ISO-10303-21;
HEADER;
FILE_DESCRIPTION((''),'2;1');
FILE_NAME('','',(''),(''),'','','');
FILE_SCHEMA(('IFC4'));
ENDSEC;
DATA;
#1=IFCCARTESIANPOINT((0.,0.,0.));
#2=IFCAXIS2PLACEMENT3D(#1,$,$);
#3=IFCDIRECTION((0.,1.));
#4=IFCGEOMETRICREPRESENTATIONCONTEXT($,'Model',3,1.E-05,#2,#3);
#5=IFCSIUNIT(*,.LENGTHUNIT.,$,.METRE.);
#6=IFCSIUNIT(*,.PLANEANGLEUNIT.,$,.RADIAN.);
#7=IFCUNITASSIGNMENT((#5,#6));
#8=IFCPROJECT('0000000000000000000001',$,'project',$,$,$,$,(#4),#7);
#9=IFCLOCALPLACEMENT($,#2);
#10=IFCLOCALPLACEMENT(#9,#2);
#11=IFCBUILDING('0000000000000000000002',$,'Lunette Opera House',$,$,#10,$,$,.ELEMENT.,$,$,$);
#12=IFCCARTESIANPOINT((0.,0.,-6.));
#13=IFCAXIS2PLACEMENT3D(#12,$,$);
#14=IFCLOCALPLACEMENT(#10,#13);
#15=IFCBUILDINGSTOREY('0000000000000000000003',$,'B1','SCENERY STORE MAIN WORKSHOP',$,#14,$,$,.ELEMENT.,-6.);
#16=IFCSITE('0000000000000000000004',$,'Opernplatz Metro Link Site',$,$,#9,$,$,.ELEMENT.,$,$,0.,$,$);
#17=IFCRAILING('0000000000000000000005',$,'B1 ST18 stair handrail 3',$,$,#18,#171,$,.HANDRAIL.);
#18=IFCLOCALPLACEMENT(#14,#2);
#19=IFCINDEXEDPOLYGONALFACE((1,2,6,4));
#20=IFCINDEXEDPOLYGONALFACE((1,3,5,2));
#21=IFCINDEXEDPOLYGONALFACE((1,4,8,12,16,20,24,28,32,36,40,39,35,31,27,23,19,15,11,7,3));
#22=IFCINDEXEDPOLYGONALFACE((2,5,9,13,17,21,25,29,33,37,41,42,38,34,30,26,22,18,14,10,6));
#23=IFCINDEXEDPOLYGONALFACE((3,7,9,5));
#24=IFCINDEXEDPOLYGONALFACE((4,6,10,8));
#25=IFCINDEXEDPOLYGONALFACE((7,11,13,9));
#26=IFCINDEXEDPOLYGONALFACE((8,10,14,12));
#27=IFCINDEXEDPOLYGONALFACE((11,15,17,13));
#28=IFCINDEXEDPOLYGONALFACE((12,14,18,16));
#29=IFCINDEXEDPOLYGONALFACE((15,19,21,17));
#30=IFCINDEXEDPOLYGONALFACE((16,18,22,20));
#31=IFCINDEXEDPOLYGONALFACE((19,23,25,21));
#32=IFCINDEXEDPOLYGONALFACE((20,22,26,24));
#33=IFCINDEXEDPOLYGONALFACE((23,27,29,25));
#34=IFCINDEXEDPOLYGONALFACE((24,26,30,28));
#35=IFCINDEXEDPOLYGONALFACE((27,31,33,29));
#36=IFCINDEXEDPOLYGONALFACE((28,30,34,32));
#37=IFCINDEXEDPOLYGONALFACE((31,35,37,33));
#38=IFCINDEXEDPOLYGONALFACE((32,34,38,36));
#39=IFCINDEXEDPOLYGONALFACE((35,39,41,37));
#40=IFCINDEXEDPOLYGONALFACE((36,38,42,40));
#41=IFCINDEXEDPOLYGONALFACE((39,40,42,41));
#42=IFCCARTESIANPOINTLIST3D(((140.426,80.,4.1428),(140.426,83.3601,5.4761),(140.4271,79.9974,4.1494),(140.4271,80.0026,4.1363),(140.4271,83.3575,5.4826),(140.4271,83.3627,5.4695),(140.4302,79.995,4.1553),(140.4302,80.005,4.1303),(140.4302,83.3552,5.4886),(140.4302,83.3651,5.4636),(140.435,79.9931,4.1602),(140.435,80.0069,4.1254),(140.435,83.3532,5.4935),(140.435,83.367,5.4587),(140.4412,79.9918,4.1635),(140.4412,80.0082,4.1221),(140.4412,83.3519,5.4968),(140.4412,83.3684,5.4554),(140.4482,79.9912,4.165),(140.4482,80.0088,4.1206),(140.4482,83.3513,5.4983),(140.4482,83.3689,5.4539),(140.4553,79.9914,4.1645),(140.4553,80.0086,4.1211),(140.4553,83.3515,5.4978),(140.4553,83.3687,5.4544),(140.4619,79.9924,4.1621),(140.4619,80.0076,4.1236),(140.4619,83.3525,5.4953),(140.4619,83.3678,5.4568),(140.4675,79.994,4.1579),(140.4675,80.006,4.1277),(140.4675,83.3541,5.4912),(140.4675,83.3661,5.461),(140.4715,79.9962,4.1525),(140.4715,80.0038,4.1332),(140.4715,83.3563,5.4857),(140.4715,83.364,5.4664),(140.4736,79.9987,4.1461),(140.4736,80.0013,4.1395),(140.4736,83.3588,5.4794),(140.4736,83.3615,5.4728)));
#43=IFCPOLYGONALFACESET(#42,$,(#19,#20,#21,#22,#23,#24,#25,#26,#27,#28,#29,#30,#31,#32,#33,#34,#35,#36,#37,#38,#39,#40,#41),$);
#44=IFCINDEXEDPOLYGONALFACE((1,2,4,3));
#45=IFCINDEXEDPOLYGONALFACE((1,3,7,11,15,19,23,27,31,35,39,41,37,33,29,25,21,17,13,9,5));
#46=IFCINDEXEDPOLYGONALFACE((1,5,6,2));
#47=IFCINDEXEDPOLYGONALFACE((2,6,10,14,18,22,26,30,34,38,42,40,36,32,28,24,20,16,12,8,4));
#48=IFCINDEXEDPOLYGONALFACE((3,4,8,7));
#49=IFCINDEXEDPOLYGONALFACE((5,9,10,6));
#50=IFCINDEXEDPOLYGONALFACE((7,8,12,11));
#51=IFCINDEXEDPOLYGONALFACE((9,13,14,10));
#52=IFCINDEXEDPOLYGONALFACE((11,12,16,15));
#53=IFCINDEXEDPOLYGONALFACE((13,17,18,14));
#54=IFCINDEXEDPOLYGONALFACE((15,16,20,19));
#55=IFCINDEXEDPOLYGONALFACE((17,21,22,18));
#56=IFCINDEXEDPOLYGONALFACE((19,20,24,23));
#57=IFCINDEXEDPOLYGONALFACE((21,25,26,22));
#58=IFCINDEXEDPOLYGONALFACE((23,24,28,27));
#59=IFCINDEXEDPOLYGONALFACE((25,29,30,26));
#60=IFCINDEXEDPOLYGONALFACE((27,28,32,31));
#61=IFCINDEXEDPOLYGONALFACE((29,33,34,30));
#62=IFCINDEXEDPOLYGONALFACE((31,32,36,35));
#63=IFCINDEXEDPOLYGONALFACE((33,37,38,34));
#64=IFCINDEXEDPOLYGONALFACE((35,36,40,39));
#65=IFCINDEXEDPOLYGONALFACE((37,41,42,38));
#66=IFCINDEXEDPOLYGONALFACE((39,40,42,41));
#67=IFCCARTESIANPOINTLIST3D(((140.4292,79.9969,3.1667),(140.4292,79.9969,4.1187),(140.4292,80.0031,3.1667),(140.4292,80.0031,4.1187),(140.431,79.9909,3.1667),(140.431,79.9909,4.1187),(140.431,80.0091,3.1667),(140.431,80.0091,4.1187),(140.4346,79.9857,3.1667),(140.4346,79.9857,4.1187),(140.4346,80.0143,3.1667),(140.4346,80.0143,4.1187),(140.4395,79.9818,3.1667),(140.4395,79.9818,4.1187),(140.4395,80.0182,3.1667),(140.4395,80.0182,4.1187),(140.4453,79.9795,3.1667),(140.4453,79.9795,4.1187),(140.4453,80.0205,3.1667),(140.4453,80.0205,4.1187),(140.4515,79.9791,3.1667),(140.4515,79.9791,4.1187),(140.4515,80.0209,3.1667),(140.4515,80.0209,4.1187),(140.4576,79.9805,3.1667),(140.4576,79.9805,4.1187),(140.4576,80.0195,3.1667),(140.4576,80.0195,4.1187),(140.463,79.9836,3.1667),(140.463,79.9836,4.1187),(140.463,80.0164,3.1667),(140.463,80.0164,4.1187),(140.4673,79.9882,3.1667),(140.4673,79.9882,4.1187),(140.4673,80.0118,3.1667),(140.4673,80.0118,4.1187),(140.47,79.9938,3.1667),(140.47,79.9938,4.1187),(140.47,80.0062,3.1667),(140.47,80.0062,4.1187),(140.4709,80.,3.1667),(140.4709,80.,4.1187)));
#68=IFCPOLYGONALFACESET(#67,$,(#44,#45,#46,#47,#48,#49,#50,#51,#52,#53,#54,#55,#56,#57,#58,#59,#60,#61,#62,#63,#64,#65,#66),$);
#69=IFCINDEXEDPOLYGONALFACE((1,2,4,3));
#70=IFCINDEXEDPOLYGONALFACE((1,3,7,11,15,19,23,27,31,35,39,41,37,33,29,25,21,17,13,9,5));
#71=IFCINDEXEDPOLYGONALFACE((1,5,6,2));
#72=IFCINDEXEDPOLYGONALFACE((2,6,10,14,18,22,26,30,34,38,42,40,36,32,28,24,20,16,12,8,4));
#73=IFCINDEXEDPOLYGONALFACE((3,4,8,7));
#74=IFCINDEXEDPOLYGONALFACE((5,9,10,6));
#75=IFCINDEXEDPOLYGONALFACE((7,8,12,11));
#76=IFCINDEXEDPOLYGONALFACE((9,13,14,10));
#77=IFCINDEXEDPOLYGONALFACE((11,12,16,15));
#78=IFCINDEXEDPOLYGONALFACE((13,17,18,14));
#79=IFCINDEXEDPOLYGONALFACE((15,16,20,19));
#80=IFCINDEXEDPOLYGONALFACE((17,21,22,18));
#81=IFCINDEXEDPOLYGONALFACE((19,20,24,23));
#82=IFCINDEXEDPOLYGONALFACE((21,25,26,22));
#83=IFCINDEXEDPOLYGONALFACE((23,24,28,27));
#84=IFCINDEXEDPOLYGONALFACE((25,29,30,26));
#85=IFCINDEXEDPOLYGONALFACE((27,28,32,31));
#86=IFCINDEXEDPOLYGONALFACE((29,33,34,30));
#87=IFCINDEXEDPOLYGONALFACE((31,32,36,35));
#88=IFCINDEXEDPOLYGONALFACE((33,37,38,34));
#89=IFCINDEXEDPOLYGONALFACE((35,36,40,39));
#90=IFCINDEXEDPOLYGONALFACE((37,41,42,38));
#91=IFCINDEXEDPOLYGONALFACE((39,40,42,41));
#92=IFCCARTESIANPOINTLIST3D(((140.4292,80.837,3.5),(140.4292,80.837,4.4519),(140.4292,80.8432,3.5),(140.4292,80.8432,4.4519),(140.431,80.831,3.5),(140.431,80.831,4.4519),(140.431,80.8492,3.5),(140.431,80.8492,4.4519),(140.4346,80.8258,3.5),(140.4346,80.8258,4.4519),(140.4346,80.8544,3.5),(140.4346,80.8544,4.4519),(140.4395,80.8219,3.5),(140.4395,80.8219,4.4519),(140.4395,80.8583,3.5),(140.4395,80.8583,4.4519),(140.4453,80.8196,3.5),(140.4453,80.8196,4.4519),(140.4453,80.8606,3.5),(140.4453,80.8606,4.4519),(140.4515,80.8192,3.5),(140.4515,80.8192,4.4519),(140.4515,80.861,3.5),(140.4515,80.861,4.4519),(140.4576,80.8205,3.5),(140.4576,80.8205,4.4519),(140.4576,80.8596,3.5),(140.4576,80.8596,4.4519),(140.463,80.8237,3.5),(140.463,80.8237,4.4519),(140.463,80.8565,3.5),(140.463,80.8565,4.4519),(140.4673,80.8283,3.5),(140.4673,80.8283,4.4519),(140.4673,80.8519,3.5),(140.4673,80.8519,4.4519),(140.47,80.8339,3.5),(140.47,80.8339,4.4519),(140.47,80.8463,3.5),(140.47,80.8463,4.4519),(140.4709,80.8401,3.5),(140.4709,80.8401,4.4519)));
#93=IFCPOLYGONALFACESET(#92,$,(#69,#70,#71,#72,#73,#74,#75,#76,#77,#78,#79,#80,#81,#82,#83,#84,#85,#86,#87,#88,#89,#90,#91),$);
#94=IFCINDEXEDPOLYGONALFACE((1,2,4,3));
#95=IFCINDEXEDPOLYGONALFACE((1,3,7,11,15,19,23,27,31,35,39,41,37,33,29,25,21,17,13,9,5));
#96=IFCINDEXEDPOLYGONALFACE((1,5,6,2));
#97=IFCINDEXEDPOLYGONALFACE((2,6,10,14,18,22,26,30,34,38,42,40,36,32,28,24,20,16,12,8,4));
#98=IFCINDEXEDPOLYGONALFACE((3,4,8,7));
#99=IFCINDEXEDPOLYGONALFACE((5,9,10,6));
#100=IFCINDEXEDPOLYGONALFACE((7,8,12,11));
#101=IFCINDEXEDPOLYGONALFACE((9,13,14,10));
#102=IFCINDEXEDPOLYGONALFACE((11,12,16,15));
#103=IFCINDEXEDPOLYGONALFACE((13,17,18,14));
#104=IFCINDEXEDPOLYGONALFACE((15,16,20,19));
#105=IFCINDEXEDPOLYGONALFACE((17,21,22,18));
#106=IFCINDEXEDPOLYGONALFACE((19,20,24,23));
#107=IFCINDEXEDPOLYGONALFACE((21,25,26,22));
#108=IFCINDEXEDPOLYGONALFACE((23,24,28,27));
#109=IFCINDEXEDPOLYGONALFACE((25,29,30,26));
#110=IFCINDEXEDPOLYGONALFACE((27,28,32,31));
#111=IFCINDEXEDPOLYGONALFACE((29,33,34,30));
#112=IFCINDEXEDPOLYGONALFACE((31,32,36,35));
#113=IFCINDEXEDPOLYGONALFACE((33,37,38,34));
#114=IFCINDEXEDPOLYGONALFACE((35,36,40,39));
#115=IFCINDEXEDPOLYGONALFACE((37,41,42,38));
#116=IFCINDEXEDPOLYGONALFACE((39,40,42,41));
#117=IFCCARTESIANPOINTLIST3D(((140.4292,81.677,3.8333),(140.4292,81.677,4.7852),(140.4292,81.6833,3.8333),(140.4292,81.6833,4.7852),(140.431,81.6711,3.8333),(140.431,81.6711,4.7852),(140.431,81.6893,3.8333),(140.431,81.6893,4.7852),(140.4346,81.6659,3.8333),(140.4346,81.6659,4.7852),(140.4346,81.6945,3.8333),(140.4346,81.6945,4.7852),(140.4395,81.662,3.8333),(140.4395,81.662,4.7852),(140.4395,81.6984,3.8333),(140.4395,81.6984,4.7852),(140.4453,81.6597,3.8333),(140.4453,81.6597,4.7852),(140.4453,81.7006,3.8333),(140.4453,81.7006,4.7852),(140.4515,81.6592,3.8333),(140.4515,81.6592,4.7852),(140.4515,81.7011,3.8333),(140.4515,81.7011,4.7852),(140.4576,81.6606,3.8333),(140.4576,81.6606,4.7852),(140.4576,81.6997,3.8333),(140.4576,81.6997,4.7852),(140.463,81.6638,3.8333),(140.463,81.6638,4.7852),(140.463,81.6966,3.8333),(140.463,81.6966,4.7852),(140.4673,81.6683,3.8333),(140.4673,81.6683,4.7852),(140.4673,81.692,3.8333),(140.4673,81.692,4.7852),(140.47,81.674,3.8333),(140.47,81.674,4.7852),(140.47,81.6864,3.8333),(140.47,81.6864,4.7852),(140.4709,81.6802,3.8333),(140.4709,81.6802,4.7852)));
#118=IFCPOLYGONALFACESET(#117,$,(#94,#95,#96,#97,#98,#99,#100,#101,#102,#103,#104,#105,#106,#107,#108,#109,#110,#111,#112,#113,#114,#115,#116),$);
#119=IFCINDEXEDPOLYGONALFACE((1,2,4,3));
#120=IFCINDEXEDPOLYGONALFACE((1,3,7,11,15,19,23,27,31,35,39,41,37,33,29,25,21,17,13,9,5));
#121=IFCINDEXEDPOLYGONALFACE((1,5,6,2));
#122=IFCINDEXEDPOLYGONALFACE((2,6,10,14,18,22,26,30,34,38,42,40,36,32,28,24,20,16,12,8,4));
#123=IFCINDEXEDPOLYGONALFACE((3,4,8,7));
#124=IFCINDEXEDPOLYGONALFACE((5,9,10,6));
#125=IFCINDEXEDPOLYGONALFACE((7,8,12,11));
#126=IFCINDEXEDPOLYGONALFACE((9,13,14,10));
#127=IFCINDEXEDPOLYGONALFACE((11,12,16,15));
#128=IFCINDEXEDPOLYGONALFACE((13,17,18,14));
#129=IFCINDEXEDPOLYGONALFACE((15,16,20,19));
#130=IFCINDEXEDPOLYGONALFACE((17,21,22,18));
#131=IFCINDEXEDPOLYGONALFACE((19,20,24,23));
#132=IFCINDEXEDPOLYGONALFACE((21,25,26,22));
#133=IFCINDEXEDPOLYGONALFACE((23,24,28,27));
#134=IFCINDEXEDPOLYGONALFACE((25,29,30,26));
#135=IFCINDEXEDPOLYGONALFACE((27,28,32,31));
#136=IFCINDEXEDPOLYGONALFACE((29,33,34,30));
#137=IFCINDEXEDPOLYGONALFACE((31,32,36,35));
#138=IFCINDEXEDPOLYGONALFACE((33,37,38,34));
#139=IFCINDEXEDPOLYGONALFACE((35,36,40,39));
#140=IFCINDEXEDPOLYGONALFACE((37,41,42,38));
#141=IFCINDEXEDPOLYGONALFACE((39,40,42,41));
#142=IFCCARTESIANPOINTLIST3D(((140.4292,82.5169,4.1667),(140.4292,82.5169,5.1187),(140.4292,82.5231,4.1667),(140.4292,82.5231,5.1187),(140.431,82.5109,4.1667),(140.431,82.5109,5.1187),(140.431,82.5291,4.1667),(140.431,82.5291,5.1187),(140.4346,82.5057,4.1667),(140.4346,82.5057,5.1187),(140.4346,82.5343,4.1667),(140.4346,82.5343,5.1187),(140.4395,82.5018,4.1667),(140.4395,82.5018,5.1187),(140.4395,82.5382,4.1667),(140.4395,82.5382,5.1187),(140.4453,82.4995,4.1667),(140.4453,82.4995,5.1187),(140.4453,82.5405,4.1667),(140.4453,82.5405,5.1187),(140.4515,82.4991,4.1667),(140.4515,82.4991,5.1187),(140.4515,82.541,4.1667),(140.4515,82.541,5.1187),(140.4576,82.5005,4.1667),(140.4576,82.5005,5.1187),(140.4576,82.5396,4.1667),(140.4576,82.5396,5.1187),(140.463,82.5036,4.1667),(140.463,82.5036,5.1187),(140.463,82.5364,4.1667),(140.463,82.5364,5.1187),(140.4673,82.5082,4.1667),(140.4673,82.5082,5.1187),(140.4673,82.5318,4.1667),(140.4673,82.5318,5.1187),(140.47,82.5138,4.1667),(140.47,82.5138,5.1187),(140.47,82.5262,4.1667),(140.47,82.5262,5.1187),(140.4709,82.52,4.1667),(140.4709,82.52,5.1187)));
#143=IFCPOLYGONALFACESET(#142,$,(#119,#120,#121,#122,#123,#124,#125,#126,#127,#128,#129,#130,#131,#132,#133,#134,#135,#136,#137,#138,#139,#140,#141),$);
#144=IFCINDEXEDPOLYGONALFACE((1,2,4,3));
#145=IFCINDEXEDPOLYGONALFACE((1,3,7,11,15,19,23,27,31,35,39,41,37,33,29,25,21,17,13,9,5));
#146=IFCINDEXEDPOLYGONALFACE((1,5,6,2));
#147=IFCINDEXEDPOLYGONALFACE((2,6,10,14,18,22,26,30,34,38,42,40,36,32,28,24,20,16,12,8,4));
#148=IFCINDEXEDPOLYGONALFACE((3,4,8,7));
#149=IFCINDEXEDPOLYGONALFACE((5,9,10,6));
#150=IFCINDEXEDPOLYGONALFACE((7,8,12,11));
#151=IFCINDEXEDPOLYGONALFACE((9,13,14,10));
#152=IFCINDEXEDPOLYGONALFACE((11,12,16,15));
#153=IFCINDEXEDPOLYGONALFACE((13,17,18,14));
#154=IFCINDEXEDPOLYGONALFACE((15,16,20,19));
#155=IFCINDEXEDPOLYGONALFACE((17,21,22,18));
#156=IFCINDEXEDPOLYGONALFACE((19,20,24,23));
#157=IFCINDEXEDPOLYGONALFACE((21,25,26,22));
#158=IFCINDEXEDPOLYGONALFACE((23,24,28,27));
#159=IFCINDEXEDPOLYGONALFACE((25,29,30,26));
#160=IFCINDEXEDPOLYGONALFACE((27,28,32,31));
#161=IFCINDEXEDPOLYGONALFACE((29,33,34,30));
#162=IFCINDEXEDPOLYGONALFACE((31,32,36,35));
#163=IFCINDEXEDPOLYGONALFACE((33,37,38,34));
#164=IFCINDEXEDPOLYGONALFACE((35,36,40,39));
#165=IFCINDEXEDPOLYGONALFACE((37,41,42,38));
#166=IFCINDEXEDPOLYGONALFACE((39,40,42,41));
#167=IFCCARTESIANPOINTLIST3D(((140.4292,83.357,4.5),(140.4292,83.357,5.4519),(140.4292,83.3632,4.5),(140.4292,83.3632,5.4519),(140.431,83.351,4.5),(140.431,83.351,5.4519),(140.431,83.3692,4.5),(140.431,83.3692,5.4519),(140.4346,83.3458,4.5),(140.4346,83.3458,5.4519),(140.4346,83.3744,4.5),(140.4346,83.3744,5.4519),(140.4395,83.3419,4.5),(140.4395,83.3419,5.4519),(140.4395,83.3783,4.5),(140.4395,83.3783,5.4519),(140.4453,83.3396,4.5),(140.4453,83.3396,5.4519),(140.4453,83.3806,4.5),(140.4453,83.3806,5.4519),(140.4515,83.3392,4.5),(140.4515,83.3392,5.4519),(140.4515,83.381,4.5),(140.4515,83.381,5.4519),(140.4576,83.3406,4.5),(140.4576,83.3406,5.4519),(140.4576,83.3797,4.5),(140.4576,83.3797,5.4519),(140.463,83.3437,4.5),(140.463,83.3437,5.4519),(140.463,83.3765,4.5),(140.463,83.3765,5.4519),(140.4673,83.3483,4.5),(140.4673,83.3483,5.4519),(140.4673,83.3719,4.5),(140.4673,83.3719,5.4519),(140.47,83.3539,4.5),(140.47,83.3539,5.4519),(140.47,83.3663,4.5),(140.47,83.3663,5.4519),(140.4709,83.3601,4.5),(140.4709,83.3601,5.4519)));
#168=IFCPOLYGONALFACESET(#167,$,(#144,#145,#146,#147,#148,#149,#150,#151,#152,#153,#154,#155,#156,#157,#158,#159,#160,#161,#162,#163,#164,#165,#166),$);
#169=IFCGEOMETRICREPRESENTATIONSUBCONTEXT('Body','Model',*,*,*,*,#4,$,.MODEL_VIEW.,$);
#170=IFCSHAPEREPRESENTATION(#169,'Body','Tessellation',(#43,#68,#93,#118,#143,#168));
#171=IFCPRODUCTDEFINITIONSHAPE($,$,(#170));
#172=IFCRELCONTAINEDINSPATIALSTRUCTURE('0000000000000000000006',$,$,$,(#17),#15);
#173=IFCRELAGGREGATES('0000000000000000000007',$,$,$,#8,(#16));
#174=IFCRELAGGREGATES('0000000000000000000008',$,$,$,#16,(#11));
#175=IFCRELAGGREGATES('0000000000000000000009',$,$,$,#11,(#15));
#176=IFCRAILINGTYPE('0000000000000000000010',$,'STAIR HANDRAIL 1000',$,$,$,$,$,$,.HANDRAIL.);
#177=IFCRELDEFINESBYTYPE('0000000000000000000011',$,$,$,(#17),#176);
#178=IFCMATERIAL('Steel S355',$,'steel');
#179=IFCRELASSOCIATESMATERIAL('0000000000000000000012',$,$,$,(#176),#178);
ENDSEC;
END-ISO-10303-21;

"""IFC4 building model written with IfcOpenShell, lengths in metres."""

from ifc_helpers import new_model, si_unit, direction, frame, origin, origin_2d, place, context, subcontext, project, spatial, circle, extrude, material, type_object, element, save


model = new_model("IFC4")

# Units and contexts
model_context = context("Model", 3, precision=1e-05, world=origin(), true_north=direction((0.0, 1.0)))
body_context = subcontext(model_context, "Body", "Model", "MODEL_VIEW")
ifc_project = project(units=[si_unit("LENGTHUNIT", "METRE"), si_unit("PLANEANGLEUNIT", "RADIAN")], contexts=[model_context])

# Site, building, storey
site_placement = place(None, origin())
site = spatial("IfcSite", under=ifc_project, at=site_placement, Name="Opernplatz Metro Link Site", CompositionType="ELEMENT", RefElevation=0.0)
building_placement = place(site_placement, origin())
building = spatial("IfcBuilding", under=site, at=building_placement, Name="Lunette Opera House", CompositionType="ELEMENT")
storey_placement = place(building_placement, frame((0.0, 0.0, -6.0)))
storey = spatial("IfcBuildingStorey", under=building, at=storey_placement, Name="B1", Description="SCENERY STORE MAIN WORKSHOP", CompositionType="ELEMENT", Elevation=-6.0)

# Railing
ifc_material_1 = material(Name="Steel S355", Category="steel")
railing_type_1 = type_object("IfcRailingType", Name="STAIR HANDRAIL 1000", PredefinedType="HANDRAIL", material=ifc_material_1)
railing_1_placement = place(storey_placement, frame((140.45, 80.0, 3.1667)))
element("IfcRailing", 1, at=railing_1_placement, inside=storey, type_object=railing_type_1, Name="B1 ST18 stair handrail 3", PredefinedType="HANDRAIL", context=body_context, shape_type="SweptSolid", body=[
    extrude(circle(Radius=0.0239, at=origin_2d()), frame((0.0, 0.0, 0.9761), z_axis=(0.0, 0.929502, 0.368816), x_axis=(-1.0, 0.0, 0.0)), (0.0, 0.0, 1.0), 3.615),
    extrude(circle(Radius=0.021, at=origin_2d()), origin(), (0.0, 0.0, 1.0), 0.9519),
    extrude(circle(Radius=0.021, at=origin_2d()), frame((0.0, 0.8401, 0.3333)), (0.0, 0.0, 1.0), 0.9519),
    extrude(circle(Radius=0.021, at=origin_2d()), frame((0.0, 1.6802, 0.6665)), (0.0, 0.0, 1.0), 0.9519),
    extrude(circle(Radius=0.021, at=origin_2d()), frame((0.0, 2.52, 1.0)), (0.0, 0.0, 1.0), 0.9519),
    extrude(circle(Radius=0.021, at=origin_2d()), frame((0.0, 3.3601, 1.3333)), (0.0, 0.0, 1.0), 0.9519),
])

save(model, "model.ifc")
